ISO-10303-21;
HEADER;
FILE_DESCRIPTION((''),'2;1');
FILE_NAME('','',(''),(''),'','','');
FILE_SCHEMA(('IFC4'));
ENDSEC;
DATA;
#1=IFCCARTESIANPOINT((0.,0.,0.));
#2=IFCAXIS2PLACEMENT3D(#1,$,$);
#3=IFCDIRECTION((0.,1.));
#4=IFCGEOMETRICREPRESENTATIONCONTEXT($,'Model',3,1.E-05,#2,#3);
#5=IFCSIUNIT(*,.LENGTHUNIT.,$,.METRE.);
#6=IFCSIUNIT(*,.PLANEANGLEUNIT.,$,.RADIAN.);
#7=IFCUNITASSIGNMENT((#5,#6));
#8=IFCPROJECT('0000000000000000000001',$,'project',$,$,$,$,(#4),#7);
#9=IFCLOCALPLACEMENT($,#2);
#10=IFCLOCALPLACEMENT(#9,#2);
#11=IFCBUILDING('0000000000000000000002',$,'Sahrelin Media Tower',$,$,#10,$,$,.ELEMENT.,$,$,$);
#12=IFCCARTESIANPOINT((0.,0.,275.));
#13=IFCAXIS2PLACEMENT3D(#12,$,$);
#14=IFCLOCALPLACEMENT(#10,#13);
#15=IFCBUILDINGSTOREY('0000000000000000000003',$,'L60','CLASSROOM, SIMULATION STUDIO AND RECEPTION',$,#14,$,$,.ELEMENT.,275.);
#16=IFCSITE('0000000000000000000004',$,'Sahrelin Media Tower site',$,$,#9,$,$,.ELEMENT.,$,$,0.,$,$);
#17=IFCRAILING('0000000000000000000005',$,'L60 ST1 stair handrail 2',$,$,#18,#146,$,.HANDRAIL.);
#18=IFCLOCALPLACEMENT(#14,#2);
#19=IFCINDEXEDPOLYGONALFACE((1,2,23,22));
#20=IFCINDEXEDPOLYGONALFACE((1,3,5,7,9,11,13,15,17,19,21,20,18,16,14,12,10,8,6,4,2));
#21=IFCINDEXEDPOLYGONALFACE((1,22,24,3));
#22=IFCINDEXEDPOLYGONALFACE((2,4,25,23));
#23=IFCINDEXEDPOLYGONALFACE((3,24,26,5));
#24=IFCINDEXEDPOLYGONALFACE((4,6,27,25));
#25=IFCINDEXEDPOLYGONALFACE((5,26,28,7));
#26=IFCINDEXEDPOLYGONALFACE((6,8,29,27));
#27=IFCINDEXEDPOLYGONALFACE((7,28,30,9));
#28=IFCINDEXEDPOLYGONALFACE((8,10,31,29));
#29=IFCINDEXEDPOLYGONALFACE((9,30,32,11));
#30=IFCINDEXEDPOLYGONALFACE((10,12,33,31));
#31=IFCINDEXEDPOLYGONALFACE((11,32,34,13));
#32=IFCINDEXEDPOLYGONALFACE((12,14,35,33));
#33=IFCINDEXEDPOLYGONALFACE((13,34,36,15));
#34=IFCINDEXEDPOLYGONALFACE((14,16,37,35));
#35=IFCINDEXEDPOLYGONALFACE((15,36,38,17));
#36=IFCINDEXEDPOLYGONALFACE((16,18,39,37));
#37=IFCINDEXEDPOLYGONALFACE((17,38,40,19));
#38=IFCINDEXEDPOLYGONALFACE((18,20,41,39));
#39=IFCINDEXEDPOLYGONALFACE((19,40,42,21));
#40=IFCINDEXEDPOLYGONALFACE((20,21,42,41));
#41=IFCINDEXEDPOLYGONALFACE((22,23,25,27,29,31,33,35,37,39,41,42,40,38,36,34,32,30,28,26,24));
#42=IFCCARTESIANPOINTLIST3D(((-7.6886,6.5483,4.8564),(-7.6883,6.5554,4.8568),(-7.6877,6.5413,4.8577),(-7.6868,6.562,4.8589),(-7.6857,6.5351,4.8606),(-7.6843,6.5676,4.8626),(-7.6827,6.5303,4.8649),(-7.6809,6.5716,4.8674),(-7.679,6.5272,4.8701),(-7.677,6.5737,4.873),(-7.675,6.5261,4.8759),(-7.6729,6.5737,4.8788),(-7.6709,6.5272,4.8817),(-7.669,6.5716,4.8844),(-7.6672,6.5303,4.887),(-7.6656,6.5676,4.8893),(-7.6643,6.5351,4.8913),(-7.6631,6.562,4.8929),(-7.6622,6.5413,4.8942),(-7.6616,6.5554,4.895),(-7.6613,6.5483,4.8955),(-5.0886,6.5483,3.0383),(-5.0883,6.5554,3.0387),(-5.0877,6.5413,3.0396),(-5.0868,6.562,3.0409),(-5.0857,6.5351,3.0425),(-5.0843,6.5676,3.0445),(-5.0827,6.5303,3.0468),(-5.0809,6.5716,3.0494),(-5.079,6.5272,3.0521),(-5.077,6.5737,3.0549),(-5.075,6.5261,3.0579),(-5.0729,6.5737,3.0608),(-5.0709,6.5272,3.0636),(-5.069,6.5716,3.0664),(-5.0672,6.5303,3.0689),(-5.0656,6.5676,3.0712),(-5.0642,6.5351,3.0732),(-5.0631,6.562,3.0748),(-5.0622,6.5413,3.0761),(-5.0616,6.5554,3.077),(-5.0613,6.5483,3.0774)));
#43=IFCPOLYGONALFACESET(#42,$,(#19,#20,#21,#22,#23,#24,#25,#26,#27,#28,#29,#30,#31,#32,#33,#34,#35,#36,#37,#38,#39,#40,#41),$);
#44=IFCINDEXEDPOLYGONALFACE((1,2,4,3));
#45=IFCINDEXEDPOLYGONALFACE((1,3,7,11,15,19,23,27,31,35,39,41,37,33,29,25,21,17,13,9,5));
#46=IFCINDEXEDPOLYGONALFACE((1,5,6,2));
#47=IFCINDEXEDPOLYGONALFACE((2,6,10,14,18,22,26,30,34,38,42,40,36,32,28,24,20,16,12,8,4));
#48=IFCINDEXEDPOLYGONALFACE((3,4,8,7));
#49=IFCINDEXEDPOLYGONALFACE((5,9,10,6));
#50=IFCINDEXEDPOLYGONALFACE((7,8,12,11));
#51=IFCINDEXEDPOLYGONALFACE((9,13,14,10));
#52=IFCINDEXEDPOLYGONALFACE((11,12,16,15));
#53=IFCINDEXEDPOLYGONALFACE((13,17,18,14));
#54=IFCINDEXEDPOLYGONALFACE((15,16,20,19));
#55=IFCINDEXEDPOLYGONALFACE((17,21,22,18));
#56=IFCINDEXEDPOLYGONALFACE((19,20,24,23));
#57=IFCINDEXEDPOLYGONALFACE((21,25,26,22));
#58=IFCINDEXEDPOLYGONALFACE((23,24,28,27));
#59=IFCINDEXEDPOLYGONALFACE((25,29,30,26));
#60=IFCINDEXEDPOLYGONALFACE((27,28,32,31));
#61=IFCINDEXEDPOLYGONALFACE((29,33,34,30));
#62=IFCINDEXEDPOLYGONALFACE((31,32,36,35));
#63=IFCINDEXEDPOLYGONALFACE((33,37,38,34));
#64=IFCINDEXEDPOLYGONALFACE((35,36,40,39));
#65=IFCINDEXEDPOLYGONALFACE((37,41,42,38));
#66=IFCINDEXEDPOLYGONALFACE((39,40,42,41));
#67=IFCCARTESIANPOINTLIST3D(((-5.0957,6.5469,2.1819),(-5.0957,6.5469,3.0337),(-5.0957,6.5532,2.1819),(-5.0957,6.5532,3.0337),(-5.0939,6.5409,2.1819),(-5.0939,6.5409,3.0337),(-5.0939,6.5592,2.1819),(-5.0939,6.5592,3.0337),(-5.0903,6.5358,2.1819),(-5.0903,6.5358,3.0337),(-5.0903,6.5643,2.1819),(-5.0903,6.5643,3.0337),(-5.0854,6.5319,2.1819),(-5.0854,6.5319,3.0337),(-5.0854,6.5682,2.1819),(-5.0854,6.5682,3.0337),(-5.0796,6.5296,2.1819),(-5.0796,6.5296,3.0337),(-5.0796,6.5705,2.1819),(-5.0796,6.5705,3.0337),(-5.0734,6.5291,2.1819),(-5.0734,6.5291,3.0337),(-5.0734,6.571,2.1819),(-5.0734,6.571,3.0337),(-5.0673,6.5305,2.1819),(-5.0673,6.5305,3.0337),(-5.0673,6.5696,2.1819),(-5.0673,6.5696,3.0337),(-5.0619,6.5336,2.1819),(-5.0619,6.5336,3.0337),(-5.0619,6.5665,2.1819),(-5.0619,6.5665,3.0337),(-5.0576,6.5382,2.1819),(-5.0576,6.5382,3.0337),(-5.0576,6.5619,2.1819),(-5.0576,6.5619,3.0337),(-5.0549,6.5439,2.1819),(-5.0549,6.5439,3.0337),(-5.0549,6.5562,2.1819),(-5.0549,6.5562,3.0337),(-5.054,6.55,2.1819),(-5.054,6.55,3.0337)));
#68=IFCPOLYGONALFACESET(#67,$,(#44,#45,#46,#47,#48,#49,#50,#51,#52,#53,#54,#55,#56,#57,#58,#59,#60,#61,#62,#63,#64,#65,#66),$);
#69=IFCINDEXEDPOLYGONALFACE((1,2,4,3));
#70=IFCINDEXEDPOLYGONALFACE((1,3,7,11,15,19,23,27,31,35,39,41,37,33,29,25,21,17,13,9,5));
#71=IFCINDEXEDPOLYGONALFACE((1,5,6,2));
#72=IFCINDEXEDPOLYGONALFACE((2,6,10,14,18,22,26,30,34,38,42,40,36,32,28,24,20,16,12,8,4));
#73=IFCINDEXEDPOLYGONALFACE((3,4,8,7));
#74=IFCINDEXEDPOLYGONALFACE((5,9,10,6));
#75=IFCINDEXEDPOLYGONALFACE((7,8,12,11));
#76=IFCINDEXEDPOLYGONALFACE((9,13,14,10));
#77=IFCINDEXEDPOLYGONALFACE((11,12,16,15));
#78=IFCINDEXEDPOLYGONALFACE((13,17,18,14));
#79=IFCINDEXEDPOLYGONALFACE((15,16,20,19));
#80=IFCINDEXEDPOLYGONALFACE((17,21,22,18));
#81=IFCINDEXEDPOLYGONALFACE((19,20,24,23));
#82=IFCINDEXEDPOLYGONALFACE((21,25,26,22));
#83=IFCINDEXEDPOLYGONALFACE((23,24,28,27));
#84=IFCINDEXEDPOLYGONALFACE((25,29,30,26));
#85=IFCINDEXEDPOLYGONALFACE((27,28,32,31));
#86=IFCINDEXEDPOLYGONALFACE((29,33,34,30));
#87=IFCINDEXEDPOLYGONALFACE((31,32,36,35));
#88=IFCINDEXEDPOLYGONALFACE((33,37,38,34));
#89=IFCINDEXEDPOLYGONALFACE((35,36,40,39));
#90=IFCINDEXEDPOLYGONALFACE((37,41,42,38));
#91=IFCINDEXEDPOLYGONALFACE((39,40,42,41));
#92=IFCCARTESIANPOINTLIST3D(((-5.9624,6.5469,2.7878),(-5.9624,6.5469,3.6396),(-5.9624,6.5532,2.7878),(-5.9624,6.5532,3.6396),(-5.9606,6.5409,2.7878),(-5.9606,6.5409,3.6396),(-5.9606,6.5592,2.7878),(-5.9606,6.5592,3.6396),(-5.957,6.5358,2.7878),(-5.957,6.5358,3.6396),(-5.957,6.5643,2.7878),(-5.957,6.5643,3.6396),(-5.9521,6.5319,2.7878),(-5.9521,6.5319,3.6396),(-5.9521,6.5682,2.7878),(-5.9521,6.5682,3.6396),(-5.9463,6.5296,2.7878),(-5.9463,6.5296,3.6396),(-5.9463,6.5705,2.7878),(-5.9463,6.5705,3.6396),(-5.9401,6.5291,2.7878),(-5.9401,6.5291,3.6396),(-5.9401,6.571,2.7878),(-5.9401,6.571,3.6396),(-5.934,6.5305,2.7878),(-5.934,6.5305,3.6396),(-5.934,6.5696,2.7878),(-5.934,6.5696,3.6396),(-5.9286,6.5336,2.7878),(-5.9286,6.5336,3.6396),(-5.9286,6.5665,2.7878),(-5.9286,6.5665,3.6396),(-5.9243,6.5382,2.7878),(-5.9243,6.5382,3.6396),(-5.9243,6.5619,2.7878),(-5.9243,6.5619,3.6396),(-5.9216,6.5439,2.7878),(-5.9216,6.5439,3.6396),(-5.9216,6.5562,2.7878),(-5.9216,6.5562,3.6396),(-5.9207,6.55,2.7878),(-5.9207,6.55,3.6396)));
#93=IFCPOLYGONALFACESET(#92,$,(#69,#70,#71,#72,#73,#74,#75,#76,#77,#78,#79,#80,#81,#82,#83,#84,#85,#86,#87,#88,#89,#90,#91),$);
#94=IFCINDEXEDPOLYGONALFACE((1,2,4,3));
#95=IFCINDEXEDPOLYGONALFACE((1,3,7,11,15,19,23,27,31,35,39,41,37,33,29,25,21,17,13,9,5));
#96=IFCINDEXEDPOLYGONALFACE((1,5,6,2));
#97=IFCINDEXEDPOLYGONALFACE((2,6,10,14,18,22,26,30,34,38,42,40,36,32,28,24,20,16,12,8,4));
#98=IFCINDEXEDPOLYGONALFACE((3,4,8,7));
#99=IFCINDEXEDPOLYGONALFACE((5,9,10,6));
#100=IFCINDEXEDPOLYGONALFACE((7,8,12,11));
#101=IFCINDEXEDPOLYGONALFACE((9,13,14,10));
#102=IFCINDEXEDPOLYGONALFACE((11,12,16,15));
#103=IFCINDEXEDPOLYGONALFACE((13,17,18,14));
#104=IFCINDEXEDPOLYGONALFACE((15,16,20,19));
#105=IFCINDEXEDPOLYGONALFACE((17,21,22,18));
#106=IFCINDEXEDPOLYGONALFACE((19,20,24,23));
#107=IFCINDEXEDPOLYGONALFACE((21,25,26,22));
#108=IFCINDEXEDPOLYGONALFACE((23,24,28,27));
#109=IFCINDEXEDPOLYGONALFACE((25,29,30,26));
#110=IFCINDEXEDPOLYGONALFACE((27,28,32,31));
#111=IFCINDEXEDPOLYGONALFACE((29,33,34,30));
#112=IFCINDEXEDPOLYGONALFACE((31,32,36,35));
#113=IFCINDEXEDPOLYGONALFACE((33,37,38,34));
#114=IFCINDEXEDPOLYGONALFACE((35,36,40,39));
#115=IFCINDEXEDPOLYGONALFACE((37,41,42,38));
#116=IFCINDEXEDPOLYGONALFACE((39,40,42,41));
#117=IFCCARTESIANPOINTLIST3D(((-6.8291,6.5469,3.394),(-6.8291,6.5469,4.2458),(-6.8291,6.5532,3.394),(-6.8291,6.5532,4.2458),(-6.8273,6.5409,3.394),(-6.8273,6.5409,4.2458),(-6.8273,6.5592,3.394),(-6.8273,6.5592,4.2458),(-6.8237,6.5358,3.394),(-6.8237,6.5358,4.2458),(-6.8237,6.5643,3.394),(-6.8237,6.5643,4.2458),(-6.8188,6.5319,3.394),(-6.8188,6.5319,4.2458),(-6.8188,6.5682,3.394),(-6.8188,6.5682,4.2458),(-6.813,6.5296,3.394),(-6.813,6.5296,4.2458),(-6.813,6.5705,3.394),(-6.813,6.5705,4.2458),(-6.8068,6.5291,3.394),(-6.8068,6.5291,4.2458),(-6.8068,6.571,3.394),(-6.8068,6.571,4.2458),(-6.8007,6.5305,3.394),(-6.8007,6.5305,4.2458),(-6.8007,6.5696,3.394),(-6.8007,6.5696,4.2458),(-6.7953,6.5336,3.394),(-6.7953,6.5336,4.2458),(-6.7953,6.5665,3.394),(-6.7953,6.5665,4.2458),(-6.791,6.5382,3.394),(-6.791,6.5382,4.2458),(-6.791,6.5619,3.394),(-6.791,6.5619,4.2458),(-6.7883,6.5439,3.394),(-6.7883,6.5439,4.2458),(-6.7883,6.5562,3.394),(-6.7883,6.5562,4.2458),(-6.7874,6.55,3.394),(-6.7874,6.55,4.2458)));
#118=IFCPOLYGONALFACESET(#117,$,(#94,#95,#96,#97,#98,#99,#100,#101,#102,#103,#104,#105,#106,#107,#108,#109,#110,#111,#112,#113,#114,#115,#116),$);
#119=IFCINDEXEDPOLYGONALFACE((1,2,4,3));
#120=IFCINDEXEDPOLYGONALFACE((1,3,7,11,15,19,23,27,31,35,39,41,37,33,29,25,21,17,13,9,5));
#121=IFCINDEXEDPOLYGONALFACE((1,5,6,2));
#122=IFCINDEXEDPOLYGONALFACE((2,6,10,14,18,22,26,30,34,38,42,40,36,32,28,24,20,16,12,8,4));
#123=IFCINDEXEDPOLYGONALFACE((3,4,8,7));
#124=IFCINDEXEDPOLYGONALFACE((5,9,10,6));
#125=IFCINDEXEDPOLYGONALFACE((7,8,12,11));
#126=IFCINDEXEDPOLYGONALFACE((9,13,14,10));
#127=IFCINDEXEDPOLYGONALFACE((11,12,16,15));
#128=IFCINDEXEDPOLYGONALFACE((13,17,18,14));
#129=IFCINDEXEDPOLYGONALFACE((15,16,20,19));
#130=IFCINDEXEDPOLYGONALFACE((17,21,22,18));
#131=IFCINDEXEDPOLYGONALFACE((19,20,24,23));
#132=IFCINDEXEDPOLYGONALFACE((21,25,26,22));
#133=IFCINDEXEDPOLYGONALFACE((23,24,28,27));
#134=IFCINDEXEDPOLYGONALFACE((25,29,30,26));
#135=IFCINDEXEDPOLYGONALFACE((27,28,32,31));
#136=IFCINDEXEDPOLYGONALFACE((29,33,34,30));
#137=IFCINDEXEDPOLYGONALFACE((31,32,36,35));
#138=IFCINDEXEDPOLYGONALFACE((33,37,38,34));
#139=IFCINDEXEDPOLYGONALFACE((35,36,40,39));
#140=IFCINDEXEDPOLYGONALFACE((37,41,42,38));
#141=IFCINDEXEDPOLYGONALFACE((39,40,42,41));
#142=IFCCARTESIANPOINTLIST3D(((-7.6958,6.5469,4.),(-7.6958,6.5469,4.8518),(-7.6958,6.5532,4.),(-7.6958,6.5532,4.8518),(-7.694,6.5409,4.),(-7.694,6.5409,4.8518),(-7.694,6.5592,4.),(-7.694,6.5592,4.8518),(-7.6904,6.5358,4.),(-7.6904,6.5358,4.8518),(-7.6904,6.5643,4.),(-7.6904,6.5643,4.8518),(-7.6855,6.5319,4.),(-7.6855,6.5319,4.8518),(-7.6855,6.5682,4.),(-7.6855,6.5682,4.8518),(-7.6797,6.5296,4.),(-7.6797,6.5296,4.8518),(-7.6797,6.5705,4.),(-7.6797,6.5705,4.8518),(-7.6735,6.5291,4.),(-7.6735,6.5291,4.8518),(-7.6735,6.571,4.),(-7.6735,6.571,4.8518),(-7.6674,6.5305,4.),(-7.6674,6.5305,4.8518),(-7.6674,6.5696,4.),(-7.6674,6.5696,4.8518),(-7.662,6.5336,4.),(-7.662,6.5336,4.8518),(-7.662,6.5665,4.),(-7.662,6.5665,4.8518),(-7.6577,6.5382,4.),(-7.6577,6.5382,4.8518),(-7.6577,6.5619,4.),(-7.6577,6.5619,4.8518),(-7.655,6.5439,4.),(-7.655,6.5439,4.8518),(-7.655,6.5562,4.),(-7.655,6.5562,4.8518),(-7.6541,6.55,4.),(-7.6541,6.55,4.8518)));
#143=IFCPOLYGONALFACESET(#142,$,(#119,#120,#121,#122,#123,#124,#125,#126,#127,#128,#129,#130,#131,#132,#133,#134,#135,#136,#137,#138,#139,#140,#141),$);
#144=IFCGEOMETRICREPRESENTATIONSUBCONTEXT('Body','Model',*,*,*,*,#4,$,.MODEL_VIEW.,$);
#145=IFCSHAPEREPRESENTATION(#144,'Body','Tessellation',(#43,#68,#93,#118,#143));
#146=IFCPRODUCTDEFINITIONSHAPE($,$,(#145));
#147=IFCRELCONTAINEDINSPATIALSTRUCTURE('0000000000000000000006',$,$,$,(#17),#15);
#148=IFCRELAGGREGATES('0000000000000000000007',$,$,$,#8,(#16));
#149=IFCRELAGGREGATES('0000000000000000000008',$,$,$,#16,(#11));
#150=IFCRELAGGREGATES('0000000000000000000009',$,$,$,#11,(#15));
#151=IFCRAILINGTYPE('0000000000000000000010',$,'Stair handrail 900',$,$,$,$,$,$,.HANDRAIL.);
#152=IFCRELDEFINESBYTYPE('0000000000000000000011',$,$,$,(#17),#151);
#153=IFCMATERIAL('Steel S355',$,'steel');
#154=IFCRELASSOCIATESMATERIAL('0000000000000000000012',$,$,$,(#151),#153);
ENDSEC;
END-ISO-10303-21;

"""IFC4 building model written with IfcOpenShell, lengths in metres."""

from ifc_helpers import new_model, si_unit, direction, frame, origin, origin_2d, place, context, subcontext, project, spatial, circle, extrude, material, type_object, element, save


model = new_model("IFC4")

# Units and contexts
model_context = context("Model", 3, precision=1e-05, world=origin(), true_north=direction((0.0, 1.0)))
body_context = subcontext(model_context, "Body", "Model", "MODEL_VIEW")
ifc_project = project(units=[si_unit("LENGTHUNIT", "METRE"), si_unit("PLANEANGLEUNIT", "RADIAN")], contexts=[model_context])

# Site, building, storey
site_placement = place(None, origin())
site = spatial("IfcSite", under=ifc_project, at=site_placement, Name="Sahrelin Media Tower site", CompositionType="ELEMENT", RefElevation=0.0)
building_placement = place(site_placement, origin())
building = spatial("IfcBuilding", under=site, at=building_placement, Name="Sahrelin Media Tower", CompositionType="ELEMENT")
storey_placement = place(building_placement, frame((0.0, 0.0, 275.0)))
storey = spatial("IfcBuildingStorey", under=building, at=storey_placement, Name="L60", Description="CLASSROOM, SIMULATION STUDIO AND RECEPTION", CompositionType="ELEMENT", Elevation=275.0)

# Shared definitions
ifc_material_1 = material(Name="Steel S355", Category="steel")

# Railing
railing_type_1 = type_object("IfcRailingType", Name="Stair handrail 900", PredefinedType="HANDRAIL", material=ifc_material_1)
railing_1_placement = place(storey_placement, frame((-5.075, 6.55, 2.1819)))
element("IfcRailing", 1, at=railing_1_placement, inside=storey, type_object=railing_type_1, Name="L60 ST1 stair handrail 2", PredefinedType="HANDRAIL", context=body_context, shape_type="SweptSolid", body=[
    extrude(circle(Radius=0.0239, at=origin_2d()), frame((0.0, 0.0, 0.876), z_axis=(-0.819521, 0.0, 0.573049), x_axis=(0.0, -1.0, 0.0)), (0.0, 0.0, 1.0), 3.1726),
    extrude(circle(Radius=0.021, at=origin_2d()), origin(), (0.0, 0.0, 1.0), 0.8518),
    extrude(circle(Radius=0.021, at=origin_2d()), frame((-0.8667, 0.0, 0.606)), (0.0, 0.0, 1.0), 0.8518),
    extrude(circle(Radius=0.021, at=origin_2d()), frame((-1.7334, 0.0, 1.2122)), (0.0, 0.0, 1.0), 0.8518),
    extrude(circle(Radius=0.021, at=origin_2d()), frame((-2.6001, 0.0, 1.8181)), (0.0, 0.0, 1.0), 0.8518),
])

save(model, "model.ifc")
